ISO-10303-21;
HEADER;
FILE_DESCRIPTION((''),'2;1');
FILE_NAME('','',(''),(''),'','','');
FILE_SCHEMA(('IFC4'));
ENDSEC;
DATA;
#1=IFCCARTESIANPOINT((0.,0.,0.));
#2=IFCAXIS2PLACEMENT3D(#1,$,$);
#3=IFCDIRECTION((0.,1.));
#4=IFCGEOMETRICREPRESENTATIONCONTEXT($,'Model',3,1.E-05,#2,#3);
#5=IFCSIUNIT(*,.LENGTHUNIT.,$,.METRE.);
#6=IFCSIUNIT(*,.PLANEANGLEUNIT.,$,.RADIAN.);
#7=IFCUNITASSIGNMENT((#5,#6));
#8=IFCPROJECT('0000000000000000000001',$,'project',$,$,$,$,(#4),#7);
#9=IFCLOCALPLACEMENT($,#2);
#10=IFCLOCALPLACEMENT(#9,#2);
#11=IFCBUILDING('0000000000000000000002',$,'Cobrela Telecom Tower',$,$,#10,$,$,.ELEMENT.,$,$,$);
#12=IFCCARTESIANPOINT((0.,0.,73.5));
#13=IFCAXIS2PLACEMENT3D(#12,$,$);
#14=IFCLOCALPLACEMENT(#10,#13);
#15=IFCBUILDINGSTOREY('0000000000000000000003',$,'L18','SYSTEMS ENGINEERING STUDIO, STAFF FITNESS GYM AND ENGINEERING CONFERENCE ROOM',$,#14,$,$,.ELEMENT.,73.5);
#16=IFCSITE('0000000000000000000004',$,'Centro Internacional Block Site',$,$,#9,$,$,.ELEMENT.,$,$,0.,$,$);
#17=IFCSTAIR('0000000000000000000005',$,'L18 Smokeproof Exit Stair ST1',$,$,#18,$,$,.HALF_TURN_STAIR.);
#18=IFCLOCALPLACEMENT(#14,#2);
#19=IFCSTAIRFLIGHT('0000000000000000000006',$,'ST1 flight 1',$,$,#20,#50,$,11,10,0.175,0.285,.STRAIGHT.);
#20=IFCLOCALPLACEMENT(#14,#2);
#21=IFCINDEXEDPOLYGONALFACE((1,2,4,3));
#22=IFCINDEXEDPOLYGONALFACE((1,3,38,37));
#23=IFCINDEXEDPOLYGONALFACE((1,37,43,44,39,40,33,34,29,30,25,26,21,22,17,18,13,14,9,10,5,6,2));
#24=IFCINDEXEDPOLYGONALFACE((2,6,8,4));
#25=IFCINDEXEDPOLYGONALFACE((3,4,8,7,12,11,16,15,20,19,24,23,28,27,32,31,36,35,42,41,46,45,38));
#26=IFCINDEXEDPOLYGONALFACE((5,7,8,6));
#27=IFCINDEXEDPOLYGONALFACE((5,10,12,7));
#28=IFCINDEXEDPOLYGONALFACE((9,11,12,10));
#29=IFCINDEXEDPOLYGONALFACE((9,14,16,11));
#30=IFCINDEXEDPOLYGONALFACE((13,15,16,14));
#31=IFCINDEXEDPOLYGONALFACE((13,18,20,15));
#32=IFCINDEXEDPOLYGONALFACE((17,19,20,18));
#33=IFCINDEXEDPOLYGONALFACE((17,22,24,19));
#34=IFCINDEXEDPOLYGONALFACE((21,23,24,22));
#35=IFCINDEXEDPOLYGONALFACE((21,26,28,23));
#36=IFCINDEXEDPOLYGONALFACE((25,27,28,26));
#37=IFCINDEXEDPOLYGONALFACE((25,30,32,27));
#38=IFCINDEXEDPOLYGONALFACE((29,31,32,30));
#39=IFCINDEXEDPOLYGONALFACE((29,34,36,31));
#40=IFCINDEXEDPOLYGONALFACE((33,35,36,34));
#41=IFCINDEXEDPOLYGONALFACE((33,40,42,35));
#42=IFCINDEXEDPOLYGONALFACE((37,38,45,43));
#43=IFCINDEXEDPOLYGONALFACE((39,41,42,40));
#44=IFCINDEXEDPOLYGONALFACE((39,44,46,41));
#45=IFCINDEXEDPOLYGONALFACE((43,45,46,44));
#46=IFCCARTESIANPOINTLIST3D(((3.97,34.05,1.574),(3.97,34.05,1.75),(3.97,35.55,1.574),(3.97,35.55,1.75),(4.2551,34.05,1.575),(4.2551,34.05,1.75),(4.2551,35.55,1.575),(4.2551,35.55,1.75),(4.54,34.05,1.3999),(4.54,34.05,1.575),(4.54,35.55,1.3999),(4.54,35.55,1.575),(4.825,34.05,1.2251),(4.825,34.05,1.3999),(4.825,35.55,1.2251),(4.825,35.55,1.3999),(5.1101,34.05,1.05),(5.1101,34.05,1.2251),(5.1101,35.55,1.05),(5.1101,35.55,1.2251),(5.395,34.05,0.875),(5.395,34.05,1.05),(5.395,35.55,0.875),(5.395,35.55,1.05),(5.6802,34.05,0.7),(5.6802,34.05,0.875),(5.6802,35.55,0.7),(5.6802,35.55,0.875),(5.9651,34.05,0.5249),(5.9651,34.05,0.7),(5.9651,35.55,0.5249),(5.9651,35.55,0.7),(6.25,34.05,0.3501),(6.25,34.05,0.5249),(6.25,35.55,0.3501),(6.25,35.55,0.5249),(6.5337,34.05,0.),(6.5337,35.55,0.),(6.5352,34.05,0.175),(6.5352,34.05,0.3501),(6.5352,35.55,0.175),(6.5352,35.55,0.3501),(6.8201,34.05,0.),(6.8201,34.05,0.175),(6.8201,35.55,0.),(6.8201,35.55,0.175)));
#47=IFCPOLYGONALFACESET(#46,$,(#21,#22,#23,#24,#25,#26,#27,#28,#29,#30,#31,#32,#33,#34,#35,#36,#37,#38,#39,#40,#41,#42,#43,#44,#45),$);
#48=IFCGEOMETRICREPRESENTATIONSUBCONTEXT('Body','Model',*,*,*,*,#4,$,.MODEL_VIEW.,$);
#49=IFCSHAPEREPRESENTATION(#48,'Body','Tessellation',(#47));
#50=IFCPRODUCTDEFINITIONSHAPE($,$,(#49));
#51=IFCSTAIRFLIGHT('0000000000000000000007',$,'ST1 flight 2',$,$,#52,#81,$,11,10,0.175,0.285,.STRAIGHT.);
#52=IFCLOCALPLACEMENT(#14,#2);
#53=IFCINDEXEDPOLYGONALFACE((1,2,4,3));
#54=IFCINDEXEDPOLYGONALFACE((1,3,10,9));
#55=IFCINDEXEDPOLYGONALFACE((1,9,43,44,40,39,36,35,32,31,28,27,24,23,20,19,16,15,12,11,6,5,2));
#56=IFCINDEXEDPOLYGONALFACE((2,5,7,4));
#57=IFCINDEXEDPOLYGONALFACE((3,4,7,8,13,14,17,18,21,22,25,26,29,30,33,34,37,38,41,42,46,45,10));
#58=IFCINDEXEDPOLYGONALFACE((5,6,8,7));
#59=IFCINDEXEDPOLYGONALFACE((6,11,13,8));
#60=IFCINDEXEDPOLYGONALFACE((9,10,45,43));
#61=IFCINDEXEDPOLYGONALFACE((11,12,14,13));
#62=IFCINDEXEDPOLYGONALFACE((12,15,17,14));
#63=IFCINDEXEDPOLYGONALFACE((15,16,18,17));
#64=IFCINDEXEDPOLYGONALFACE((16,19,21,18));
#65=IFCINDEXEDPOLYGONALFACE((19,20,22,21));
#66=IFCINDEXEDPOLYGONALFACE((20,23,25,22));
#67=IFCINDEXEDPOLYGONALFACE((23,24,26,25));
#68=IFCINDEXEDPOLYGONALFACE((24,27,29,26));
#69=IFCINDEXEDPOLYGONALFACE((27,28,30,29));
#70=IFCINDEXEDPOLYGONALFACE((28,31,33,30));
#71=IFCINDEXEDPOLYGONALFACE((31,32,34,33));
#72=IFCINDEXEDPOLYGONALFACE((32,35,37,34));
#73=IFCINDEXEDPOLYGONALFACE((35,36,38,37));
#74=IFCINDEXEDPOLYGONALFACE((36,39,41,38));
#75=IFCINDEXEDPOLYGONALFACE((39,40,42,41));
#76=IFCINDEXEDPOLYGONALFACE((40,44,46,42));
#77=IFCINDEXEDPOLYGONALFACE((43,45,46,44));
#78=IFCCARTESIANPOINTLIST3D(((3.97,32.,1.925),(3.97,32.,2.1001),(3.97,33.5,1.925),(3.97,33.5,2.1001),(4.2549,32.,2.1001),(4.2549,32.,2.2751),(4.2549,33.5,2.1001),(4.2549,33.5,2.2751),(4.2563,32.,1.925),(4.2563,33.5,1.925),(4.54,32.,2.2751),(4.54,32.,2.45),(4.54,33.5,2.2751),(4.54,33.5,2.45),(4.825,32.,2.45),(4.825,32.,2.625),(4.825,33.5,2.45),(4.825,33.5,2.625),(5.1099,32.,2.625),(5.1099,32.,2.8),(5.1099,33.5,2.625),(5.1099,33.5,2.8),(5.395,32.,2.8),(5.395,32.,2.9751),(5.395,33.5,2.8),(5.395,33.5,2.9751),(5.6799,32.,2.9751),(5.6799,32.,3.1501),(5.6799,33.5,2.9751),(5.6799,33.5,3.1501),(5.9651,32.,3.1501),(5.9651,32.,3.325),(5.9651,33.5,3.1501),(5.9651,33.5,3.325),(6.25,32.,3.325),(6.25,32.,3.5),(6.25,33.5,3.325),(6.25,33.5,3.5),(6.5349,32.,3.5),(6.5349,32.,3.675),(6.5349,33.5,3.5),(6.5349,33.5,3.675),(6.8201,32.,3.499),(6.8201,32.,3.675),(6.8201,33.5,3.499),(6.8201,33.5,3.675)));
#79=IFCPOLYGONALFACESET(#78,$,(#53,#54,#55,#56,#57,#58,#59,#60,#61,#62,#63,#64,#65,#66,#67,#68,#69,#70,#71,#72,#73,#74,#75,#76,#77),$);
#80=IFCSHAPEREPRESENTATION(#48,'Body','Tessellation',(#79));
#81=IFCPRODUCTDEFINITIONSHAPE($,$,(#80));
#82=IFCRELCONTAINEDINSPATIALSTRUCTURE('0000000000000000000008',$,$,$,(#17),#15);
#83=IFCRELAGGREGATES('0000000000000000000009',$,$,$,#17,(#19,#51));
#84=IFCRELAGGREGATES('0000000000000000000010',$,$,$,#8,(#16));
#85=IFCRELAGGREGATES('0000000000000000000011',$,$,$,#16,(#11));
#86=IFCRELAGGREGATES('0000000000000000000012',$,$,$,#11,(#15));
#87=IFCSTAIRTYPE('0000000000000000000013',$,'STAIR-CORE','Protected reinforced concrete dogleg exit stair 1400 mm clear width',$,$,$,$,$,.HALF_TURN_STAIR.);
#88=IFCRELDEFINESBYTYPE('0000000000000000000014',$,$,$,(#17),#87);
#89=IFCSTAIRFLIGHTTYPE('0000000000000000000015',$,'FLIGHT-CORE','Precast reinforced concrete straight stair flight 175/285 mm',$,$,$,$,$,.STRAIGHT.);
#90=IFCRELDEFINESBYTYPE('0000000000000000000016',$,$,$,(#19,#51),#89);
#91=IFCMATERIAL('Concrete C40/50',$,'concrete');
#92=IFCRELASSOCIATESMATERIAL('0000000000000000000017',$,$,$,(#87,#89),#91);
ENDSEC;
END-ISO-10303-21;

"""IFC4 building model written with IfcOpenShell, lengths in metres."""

from ifc_helpers import new_model, si_unit, direction, frame, origin, place, context, subcontext, project, spatial, polyline, outline, extrude, material, type_object, element, aggregate, save


model = new_model("IFC4")

# Units and contexts
model_context = context("Model", 3, precision=1e-05, world=origin(), true_north=direction((0.0, 1.0)))
body_context = subcontext(model_context, "Body", "Model", "MODEL_VIEW")
ifc_project = project(units=[si_unit("LENGTHUNIT", "METRE"), si_unit("PLANEANGLEUNIT", "RADIAN")], contexts=[model_context])

# Site, building, storey
site_placement = place(None, origin())
site = spatial("IfcSite", under=ifc_project, at=site_placement, Name="Centro Internacional Block Site", CompositionType="ELEMENT", RefElevation=0.0)
building_placement = place(site_placement, origin())
building = spatial("IfcBuilding", under=site, at=building_placement, Name="Cobrela Telecom Tower", CompositionType="ELEMENT")
storey_placement = place(building_placement, frame((0.0, 0.0, 73.5)))
storey = spatial("IfcBuildingStorey", under=building, at=storey_placement, Name="L18", Description="SYSTEMS ENGINEERING STUDIO, STAFF FITNESS GYM AND ENGINEERING CONFERENCE ROOM", CompositionType="ELEMENT", Elevation=73.5)

# Shared definitions
ifc_material_1 = material(Name="Concrete C40/50", Category="concrete")

# Stair, stair flights
stair_type = type_object("IfcStairType", Name="STAIR-CORE", Description="Protected reinforced concrete dogleg exit stair 1400 mm clear width", PredefinedType="HALF_TURN_STAIR", material=ifc_material_1)
stair_placement = place(storey_placement, origin())
stair = element("IfcStair", 1, at=stair_placement, inside=storey, type_object=stair_type, Name="L18 Smokeproof Exit Stair ST1", PredefinedType="HALF_TURN_STAIR")
stair_flight_type = type_object("IfcStairFlightType", Name="FLIGHT-CORE", Description="Precast reinforced concrete straight stair flight 175/285 mm", PredefinedType="STRAIGHT", material=ifc_material_1)
stair_flight_1_placement = place(storey_placement, frame((6.8201, 34.8, 0.0), z_axis=(0.0, 0.0, 1.0), x_axis=(-1.0, 0.0, 0.0)))
stair_flight_1 = element("IfcStairFlight", 2, at=stair_flight_1_placement, type_object=stair_flight_type, Name="ST1 flight 1", NumberOfRisers=11, NumberOfTreads=10, PredefinedType="STRAIGHT", RiserHeight=0.175, TreadLength=0.285, context=body_context, shape_type="SweptSolid", body=[
    extrude(outline(polyline([(0.0, 0.0), (0.0, 0.175), (0.2849, 0.175), (0.2849, 0.3501), (0.5701, 0.3501), (0.5701, 0.5249), (0.855, 0.5249), (0.855, 0.7), (1.1399, 0.7), (1.1399, 0.875), (1.425, 0.875), (1.425, 1.05), (1.71, 1.05), (1.71, 1.2251), (1.9951, 1.2251), (1.9951, 1.3999), (2.28, 1.3999), (2.28, 1.575), (2.5649, 1.575), (2.5649, 1.75), (2.8501, 1.75), (2.8501, 1.925), (2.8501, 1.574), (0.2864, 0.0), (0.0, 0.0)])), frame((0.0, 0.75, 0.0), z_axis=(0.0, -1.0, 0.0), x_axis=(1.0, 0.0, 0.0)), (0.0, 0.0, 1.0), 1.5),
])
stair_flight_2_placement = place(storey_placement, frame((3.97, 32.75, 1.925), z_axis=(0.0, 0.0, 1.0), x_axis=(1.0, 0.0, 0.0)))
stair_flight_2 = element("IfcStairFlight", 3, at=stair_flight_2_placement, type_object=stair_flight_type, Name="ST1 flight 2", NumberOfRisers=11, NumberOfTreads=10, PredefinedType="STRAIGHT", RiserHeight=0.175, TreadLength=0.285, context=body_context, shape_type="SweptSolid", body=[
    extrude(outline(polyline([(0.0, 0.0), (0.0, 0.175), (0.2849, 0.175), (0.2849, 0.3501), (0.5701, 0.3501), (0.5701, 0.5249), (0.855, 0.5249), (0.855, 0.7), (1.1399, 0.7), (1.1399, 0.875), (1.425, 0.875), (1.425, 1.05), (1.71, 1.05), (1.71, 1.2251), (1.9951, 1.2251), (1.9951, 1.3999), (2.28, 1.3999), (2.28, 1.575), (2.5649, 1.575), (2.5649, 1.75), (2.8501, 1.75), (2.8501, 1.925), (2.8501, 1.574), (0.2864, 0.0), (0.0, 0.0)])), frame((0.0, 0.75, 0.0), z_axis=(0.0, -1.0, 0.0), x_axis=(1.0, 0.0, 0.0)), (0.0, 0.0, 1.0), 1.5),
])
aggregate(stair, [stair_flight_1, stair_flight_2])

save(model, "model.ifc")
